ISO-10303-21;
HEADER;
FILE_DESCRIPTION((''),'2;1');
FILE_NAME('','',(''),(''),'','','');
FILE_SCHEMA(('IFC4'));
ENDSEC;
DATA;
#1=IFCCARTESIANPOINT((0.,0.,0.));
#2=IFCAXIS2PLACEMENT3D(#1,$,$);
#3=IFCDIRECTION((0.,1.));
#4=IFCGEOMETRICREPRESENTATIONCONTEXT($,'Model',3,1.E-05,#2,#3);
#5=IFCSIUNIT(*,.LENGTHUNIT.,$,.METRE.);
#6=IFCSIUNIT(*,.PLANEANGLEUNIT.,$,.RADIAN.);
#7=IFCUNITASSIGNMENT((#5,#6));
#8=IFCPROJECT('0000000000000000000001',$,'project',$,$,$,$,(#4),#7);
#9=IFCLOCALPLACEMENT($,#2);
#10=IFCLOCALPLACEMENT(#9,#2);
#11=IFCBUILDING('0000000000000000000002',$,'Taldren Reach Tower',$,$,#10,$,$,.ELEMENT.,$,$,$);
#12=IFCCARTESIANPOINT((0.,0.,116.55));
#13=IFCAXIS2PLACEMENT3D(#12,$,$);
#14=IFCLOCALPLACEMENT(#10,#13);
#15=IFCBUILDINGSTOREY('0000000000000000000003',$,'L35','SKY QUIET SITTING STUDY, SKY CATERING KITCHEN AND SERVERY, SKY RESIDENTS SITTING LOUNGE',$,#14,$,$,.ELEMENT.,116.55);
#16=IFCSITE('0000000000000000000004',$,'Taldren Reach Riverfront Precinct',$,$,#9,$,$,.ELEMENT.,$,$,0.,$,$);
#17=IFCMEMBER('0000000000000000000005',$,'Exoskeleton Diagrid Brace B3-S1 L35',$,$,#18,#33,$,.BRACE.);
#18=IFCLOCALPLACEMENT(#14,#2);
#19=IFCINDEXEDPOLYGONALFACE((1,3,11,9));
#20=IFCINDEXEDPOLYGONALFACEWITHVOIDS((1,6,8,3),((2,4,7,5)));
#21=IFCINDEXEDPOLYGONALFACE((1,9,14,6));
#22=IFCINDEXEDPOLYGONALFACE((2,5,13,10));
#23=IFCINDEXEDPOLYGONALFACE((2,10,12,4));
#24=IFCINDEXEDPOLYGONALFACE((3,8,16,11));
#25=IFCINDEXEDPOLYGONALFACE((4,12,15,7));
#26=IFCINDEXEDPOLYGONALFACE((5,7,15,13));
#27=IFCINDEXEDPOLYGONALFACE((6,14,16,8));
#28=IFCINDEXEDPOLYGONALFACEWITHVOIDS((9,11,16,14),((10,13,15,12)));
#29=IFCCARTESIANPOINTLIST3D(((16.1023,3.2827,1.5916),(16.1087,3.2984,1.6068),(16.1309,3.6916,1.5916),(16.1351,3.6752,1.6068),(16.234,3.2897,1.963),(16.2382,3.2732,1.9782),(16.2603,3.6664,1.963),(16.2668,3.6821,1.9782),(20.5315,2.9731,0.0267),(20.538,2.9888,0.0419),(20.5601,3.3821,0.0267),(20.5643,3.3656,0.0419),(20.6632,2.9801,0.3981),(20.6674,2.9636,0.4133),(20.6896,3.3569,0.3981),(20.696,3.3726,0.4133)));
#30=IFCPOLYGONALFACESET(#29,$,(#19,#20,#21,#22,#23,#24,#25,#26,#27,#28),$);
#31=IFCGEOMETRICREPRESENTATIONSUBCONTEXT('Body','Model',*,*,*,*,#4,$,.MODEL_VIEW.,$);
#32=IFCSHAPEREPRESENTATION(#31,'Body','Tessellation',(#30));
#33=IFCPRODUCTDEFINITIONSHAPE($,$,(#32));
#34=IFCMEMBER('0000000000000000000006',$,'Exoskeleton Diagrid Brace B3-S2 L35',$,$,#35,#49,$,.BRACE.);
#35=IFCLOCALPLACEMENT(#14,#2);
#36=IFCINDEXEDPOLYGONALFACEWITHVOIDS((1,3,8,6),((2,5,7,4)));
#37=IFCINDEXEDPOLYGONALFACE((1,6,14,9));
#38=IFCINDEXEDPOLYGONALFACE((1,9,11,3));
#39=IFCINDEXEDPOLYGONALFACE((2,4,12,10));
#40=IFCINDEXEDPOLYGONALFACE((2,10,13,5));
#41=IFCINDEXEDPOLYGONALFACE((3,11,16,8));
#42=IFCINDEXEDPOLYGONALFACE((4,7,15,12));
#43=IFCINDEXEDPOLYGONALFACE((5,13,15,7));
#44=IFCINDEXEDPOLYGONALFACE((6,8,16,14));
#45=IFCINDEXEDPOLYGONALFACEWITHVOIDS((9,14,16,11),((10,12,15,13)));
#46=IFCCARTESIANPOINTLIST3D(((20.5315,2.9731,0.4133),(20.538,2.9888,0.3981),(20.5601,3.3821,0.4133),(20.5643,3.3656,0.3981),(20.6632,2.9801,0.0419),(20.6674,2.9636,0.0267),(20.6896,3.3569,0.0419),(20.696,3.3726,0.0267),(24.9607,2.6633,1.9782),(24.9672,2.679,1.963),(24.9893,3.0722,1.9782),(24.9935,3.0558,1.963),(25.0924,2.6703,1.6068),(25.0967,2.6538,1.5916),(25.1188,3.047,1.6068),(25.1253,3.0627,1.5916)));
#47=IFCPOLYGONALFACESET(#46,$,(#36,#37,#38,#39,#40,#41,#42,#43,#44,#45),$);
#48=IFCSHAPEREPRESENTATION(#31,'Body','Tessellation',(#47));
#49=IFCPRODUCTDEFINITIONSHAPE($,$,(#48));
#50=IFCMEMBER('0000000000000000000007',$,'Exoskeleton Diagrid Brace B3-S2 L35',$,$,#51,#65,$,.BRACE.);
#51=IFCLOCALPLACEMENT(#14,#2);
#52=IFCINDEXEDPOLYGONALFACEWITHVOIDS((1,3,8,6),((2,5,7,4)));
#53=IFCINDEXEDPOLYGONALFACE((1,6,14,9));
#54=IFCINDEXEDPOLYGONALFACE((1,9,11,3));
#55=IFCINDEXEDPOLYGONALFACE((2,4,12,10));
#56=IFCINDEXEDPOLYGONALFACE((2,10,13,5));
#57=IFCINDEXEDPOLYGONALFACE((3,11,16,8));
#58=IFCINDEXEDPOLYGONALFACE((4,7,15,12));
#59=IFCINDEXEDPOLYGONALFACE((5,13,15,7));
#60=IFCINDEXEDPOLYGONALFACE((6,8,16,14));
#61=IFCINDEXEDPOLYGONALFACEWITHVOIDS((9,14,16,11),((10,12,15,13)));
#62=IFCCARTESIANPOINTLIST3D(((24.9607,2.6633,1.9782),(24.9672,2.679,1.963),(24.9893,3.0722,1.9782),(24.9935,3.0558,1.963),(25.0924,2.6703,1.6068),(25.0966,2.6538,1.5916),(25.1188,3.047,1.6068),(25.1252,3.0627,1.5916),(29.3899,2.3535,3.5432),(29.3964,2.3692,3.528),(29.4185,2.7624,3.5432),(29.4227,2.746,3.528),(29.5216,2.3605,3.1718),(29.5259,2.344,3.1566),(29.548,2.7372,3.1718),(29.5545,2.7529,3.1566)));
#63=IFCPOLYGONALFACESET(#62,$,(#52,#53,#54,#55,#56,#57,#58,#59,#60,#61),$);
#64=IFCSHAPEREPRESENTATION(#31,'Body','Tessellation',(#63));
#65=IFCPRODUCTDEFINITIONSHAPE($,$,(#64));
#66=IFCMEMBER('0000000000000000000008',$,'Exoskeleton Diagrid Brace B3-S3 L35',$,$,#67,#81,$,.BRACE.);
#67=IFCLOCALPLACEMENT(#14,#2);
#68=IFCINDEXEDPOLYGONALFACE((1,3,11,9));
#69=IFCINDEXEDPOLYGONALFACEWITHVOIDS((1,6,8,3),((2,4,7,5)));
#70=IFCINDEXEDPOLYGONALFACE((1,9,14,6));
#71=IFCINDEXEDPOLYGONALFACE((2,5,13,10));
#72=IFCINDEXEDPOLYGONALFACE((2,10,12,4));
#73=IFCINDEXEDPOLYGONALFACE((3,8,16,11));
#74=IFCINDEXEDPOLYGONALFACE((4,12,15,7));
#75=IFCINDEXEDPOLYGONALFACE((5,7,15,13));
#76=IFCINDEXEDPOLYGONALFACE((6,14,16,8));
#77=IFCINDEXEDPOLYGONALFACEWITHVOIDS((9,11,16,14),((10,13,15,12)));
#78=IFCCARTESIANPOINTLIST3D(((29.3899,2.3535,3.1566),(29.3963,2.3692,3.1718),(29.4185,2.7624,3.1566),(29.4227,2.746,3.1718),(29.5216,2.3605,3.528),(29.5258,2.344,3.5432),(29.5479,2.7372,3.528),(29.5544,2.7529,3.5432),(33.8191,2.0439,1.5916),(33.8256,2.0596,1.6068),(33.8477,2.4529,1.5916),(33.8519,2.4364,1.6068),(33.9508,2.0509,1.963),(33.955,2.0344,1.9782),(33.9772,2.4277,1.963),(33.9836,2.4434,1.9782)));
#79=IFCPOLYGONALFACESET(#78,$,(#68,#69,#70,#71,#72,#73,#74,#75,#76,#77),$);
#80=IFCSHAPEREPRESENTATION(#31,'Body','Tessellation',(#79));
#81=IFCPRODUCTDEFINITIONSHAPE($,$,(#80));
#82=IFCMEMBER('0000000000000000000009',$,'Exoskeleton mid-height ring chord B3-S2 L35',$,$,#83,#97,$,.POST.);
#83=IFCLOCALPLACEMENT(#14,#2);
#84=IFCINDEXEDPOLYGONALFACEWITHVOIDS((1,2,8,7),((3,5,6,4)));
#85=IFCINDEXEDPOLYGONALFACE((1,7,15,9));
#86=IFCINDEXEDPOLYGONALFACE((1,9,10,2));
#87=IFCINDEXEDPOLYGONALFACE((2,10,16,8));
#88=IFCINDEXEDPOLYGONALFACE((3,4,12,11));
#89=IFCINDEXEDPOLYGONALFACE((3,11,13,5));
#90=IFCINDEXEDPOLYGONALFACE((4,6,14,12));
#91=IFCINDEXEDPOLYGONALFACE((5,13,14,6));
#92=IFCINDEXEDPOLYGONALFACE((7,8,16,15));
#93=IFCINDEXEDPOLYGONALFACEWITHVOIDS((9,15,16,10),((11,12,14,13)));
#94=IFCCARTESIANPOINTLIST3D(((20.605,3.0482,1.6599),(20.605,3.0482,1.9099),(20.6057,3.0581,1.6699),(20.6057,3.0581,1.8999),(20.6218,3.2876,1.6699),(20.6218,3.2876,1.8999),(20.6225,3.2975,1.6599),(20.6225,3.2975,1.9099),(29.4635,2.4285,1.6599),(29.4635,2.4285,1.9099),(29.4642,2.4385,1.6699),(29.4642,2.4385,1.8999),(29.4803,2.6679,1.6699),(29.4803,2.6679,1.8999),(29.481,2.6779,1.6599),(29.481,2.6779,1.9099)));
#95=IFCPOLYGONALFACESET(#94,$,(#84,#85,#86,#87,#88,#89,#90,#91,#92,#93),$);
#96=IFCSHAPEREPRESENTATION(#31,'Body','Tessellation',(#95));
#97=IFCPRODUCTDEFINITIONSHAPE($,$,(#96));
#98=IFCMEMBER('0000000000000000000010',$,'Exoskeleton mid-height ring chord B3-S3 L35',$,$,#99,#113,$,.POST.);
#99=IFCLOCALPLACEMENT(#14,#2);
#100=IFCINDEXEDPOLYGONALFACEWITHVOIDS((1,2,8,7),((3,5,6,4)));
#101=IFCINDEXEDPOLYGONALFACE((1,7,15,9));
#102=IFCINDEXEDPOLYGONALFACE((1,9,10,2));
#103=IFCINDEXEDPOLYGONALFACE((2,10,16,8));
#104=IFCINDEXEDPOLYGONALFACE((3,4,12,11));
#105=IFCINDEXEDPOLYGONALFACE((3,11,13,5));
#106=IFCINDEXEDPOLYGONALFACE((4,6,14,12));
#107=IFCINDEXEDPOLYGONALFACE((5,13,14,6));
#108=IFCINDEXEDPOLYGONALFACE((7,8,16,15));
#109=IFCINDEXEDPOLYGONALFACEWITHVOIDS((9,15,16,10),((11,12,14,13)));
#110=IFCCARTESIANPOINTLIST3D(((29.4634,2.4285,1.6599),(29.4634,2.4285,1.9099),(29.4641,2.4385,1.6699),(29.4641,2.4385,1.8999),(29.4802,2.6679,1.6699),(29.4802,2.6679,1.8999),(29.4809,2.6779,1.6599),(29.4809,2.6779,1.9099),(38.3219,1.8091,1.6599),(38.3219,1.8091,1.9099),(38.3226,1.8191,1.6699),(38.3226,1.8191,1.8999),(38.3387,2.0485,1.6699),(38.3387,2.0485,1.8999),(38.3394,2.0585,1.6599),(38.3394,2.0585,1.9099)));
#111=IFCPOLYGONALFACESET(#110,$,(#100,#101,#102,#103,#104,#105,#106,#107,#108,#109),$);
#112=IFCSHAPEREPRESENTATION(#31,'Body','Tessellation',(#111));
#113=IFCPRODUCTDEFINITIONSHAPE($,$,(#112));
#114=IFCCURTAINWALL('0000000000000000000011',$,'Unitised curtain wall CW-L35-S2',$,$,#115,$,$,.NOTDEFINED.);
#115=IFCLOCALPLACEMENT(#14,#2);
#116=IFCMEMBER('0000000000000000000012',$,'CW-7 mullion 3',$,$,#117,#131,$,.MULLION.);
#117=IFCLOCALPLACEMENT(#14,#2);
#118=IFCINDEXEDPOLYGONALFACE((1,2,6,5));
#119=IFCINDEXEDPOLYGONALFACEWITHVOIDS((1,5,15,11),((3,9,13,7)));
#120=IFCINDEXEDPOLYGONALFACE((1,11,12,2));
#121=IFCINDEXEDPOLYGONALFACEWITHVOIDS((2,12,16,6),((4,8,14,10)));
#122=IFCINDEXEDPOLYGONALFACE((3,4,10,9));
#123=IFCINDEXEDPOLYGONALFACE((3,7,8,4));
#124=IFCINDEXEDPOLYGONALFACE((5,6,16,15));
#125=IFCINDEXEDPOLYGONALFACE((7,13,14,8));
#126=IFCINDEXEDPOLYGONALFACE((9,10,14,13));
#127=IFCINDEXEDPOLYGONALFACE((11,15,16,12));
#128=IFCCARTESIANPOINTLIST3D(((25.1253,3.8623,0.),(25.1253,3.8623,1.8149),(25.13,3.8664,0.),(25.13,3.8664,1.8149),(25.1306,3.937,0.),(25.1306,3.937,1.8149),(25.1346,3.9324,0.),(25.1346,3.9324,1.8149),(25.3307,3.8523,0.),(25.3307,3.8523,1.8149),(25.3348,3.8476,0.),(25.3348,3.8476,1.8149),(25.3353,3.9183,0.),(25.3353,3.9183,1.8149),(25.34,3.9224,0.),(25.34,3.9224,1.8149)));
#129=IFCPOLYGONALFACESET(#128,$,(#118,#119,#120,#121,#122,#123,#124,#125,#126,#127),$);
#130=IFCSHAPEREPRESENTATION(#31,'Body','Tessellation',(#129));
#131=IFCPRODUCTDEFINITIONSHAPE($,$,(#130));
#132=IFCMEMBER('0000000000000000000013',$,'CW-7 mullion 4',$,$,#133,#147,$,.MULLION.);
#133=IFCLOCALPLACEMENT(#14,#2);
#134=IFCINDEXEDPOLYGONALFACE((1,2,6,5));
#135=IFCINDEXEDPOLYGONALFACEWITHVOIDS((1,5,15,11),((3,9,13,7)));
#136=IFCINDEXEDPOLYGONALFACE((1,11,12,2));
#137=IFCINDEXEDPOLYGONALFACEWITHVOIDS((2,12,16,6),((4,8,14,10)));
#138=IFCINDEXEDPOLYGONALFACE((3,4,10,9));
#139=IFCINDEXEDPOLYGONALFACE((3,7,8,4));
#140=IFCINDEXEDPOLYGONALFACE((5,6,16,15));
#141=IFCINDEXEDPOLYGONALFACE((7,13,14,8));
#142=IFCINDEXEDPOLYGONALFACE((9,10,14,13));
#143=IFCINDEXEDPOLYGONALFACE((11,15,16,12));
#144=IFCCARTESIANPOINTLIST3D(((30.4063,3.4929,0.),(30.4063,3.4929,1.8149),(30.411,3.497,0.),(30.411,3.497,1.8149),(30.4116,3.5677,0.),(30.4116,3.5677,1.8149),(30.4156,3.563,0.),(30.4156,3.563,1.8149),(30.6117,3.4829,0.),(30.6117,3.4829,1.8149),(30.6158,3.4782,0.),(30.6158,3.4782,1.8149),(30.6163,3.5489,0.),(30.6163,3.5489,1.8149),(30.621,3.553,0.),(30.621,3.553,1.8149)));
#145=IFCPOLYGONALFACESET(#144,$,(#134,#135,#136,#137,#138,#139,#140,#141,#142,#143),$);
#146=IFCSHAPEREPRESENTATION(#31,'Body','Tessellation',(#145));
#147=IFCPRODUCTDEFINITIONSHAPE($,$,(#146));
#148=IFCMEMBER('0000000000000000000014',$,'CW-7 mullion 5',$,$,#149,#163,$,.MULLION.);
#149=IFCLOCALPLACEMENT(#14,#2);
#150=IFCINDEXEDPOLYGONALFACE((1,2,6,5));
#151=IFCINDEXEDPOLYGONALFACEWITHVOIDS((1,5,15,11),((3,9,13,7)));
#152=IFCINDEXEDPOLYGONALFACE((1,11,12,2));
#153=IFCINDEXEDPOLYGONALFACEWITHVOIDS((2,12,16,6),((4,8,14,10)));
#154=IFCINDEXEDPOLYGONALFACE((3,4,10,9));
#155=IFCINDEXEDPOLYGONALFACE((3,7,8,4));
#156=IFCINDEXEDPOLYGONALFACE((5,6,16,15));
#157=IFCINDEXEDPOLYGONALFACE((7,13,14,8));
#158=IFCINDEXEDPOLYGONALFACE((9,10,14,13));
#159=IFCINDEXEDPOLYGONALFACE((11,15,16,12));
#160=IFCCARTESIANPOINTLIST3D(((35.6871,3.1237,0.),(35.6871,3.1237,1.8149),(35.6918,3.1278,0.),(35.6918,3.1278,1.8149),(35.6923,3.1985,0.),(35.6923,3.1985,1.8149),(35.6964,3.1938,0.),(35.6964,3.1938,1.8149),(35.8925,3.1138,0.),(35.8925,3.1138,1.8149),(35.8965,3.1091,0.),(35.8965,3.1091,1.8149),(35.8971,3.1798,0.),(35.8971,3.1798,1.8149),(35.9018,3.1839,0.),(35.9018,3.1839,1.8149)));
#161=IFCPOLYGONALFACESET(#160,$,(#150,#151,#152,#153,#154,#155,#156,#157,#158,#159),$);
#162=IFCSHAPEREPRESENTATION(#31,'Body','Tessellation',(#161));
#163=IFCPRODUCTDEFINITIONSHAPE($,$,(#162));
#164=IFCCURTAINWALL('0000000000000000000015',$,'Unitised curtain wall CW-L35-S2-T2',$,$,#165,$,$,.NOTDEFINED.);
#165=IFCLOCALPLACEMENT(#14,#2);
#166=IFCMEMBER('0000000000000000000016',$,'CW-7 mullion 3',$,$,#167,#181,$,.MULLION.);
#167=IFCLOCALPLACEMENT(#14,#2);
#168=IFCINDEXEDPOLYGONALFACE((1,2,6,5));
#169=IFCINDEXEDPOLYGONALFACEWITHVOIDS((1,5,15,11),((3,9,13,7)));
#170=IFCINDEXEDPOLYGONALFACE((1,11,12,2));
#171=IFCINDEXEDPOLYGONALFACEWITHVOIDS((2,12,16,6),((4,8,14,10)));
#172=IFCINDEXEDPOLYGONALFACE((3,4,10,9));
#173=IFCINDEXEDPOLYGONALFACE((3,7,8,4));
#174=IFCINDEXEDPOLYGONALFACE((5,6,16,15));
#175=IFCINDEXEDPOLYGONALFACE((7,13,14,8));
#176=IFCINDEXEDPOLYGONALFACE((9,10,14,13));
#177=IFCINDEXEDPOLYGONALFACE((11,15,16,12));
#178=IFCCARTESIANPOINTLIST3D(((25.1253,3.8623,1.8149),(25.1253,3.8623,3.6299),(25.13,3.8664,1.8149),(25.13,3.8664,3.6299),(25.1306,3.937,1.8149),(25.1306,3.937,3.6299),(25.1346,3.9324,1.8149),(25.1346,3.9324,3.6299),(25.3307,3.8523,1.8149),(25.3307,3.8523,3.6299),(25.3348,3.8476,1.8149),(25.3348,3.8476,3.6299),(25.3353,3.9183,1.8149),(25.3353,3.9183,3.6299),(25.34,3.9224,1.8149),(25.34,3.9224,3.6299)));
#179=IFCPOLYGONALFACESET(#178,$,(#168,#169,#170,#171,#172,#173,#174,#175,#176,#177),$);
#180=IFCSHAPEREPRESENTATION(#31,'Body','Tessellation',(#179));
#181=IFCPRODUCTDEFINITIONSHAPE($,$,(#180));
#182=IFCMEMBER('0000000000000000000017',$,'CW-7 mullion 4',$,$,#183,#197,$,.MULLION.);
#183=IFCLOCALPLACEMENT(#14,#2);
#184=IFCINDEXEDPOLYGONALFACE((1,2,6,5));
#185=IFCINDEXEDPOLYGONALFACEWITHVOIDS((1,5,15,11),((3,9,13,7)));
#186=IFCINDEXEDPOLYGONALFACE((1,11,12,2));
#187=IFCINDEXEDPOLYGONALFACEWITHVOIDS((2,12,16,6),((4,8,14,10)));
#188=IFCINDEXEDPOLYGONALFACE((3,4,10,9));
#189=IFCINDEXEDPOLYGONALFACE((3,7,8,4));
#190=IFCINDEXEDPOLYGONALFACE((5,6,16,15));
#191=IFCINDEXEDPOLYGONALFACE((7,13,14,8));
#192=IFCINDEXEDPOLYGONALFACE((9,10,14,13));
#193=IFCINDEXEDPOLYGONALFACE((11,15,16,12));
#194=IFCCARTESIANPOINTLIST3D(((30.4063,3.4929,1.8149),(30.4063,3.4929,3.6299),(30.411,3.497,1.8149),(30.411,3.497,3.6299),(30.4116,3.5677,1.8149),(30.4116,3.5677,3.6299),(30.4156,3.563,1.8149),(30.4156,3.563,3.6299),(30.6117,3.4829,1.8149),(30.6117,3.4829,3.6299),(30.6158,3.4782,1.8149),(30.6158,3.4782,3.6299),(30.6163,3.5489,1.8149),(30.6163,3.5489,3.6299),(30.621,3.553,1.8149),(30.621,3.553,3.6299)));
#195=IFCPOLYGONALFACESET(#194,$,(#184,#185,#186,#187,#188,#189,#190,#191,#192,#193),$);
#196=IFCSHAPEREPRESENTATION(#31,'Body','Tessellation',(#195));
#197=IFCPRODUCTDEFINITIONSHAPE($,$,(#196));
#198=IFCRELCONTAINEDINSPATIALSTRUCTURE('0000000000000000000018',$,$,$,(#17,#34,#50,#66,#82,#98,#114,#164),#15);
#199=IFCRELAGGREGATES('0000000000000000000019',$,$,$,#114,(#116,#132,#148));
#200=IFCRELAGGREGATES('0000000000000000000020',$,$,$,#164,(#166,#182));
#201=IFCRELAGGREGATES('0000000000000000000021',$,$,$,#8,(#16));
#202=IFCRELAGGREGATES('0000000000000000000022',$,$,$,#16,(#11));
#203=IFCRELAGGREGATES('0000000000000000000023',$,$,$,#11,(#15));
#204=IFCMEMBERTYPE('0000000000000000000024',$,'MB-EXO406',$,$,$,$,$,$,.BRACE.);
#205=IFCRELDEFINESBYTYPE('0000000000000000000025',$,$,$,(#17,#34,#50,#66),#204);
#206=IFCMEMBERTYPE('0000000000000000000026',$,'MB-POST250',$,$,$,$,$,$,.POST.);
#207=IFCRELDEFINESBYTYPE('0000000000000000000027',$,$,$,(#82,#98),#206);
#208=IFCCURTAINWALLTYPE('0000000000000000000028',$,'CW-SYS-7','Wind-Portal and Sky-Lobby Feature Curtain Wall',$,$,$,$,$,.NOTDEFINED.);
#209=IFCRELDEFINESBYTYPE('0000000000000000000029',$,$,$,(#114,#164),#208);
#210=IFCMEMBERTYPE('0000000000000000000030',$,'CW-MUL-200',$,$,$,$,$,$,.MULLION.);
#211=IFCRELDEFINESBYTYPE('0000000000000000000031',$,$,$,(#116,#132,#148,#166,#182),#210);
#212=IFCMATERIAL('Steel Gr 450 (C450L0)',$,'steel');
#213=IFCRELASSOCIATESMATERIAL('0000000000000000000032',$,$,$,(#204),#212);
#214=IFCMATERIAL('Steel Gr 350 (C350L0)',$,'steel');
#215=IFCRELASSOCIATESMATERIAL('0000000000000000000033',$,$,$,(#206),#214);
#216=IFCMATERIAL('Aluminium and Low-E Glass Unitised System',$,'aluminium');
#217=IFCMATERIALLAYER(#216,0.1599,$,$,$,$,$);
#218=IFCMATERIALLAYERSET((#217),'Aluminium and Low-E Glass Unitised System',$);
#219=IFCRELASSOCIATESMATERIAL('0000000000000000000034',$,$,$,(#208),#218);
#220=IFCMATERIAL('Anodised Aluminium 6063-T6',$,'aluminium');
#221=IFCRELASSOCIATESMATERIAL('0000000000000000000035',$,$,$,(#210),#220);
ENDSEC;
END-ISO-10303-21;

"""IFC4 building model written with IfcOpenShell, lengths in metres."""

from ifc_helpers import new_model, si_unit, direction, frame, origin, origin_2d, place, context, subcontext, project, spatial, hollow_rectangle, extrude, source, transform, mapped, material, layer, layer_set, material_profile, profile_set, type_object, element, aggregate, save


model = new_model("IFC4")

# Units and contexts
model_context = context("Model", 3, precision=1e-05, world=origin(), true_north=direction((0.0, 1.0)))
body_context = subcontext(model_context, "Body", "Model", "MODEL_VIEW")
ifc_project = project(units=[si_unit("LENGTHUNIT", "METRE"), si_unit("PLANEANGLEUNIT", "RADIAN")], contexts=[model_context])

# Site, building, storey
site_placement = place(None, origin())
site = spatial("IfcSite", under=ifc_project, at=site_placement, Name="Taldren Reach Riverfront Precinct", CompositionType="ELEMENT", RefElevation=0.0)
building_placement = place(site_placement, origin())
building = spatial("IfcBuilding", under=site, at=building_placement, Name="Taldren Reach Tower", CompositionType="ELEMENT")
storey_placement = place(building_placement, frame((0.0, 0.0, 116.55)))
storey = spatial("IfcBuildingStorey", under=building, at=storey_placement, Name="L35", Description="SKY QUIET SITTING STUDY, SKY CATERING KITCHEN AND SERVERY, SKY RESIDENTS SITTING LOUNGE", CompositionType="ELEMENT", Elevation=116.55)

# Members
ifc_material_1 = material(Name="Steel Gr 450 (C450L0)", Category="steel")
ifc_material_profile_1 = material_profile(ifc_material_1, hollow_rectangle(XDim=0.4099, YDim=0.4099, WallThickness=0.0161, at=origin_2d()), Name="410x410x16.0SHS")
ifc_profile_set_1 = profile_set([ifc_material_profile_1], Name="Steel Gr 450 (C450L0)")
member_type_1 = type_object("IfcMemberType", Name="MB-EXO406", PredefinedType="BRACE", material=ifc_profile_set_1)
shared_shape_1 = source(origin(), body_context, "Body", "SweptSolid", [
    extrude(hollow_rectangle(XDim=0.4099, YDim=0.4099, WallThickness=0.0161, at=origin_2d()), origin(), (0.0, 0.0, 1.0), 4.7078),
])
for number, where, z_axis, x_axis, name in (
    (1, (20.6138, 3.1729, 0.22), (-0.940836, 0.065758, 0.33242), (-0.069723, -0.997566, 0.0), "Exoskeleton Diagrid Brace B3-S1 L35"),
    (2, (20.6138, 3.1729, 0.22), (0.940833, -0.06581, 0.332419), (0.069778, 0.997563, 0.0), "Exoskeleton Diagrid Brace B3-S2 L35"),
    (3, (25.043, 2.863, 1.7849), (0.940833, -0.06581, 0.332419), (0.069778, 0.997563, 0.0), "Exoskeleton Diagrid Brace B3-S2 L35"),
    (4, (33.9014, 2.2437, 1.7849), (-0.940836, 0.065758, 0.33242), (-0.069723, -0.997566, 0.0), "Exoskeleton Diagrid Brace B3-S3 L35"),
):
    element("IfcMember", number, at=place(storey_placement, frame(where, z_axis=z_axis, x_axis=x_axis)), inside=storey, type_object=member_type_1, Name=name, PredefinedType="BRACE", context=body_context, shape_type="MappedRepresentation", body=[
        mapped(shared_shape_1, transform((0.0, 0.0, 0.0), scale=1.0)),
    ])
ifc_material_2 = material(Name="Steel Gr 350 (C350L0)", Category="steel")
ifc_material_profile_2 = material_profile(ifc_material_2, hollow_rectangle(XDim=0.25, YDim=0.25, WallThickness=0.01, at=origin_2d()), Name="250x250x10.0SHS")
ifc_profile_set_2 = profile_set([ifc_material_profile_2], Name="Steel Gr 350 (C350L0)")
member_type_2 = type_object("IfcMemberType", Name="MB-POST250", PredefinedType="POST", material=ifc_profile_set_2)
shared_shape_2 = source(origin(), body_context, "Body", "SweptSolid", [
    extrude(hollow_rectangle(XDim=0.25, YDim=0.25, WallThickness=0.01, at=origin_2d()), origin(), (0.0, 0.0, 1.0), 8.8801),
])
for number, where, z_axis, x_axis, name in (
    (5, (20.6138, 3.1729, 1.7849), (0.997563, -0.069778, 0.0), (0.069778, 0.997563, 0.0), "Exoskeleton mid-height ring chord B3-S2 L35"),
    (6, (29.4722, 2.5532, 1.7849), (0.997564, -0.06975, 0.0), (0.06975, 0.997564, 0.0), "Exoskeleton mid-height ring chord B3-S3 L35"),
):
    element("IfcMember", number, at=place(storey_placement, frame(where, z_axis=z_axis, x_axis=x_axis)), inside=storey, type_object=member_type_2, Name=name, PredefinedType="POST", context=body_context, shape_type="MappedRepresentation", body=[
        mapped(shared_shape_2, transform((0.0, 0.0, 0.0), scale=1.0)),
    ])

# Curtain walls, members
ifc_material_3 = material(Name="Aluminium and Low-E Glass Unitised System", Category="aluminium")
ifc_layer_1 = layer(ifc_material_3, 0.1599)
ifc_layer_set_1 = layer_set([ifc_layer_1], Name="Aluminium and Low-E Glass Unitised System")
curtain_wall_type = type_object("IfcCurtainWallType", Name="CW-SYS-7", Description="Wind-Portal and Sky-Lobby Feature Curtain Wall", PredefinedType="NOTDEFINED", material=ifc_layer_set_1)
curtain_wall_1_placement = place(storey_placement, origin())
curtain_wall_1 = element("IfcCurtainWall", 7, at=curtain_wall_1_placement, inside=storey, type_object=curtain_wall_type, Name="Unitised curtain wall CW-L35-S2", PredefinedType="NOTDEFINED")
ifc_material_4 = material(Name="Anodised Aluminium 6063-T6", Category="aluminium")
ifc_material_profile_3 = material_profile(ifc_material_4, hollow_rectangle(XDim=0.075, YDim=0.21, WallThickness=0.0044, at=origin_2d()), Name="ALU-210x75x4.5RHS")
ifc_profile_set_3 = profile_set([ifc_material_profile_3], Name="Anodised Aluminium 6063-T6")
member_type_3 = type_object("IfcMemberType", Name="CW-MUL-200", PredefinedType="MULLION", material=ifc_profile_set_3)
shared_shape_3 = source(origin(), body_context, "Body", "SweptSolid", [
    extrude(hollow_rectangle(XDim=0.075, YDim=0.21, WallThickness=0.0044, at=origin_2d()), origin(), (0.0, 0.0, 1.0), 1.8149),
])
member_1_placement = place(storey_placement, frame((25.2327, 3.8923, 0.0), z_axis=(0.0, 0.0, 1.0), x_axis=(0.069757, 0.997564, 0.0)))
member_1 = element("IfcMember", 8, at=member_1_placement, type_object=member_type_3, Name="CW-7 mullion 3", PredefinedType="MULLION", context=body_context, shape_type="MappedRepresentation", body=[
    mapped(shared_shape_3, transform((0.0, 0.0, 0.0), scale=1.0)),
])
member_2_placement = place(storey_placement, frame((30.5137, 3.5229, 0.0), z_axis=(0.0, 0.0, 1.0), x_axis=(0.069757, 0.997564, 0.0)))
member_2 = element("IfcMember", 9, at=member_2_placement, type_object=member_type_3, Name="CW-7 mullion 4", PredefinedType="MULLION", context=body_context, shape_type="MappedRepresentation", body=[
    mapped(shared_shape_3, transform((0.0, 0.0, 0.0), scale=1.0)),
])
member_3_placement = place(storey_placement, frame((35.7944, 3.1538, 0.0), z_axis=(0.0, 0.0, 1.0), x_axis=(0.069757, 0.997564, 0.0)))
member_3 = element("IfcMember", 10, at=member_3_placement, type_object=member_type_3, Name="CW-7 mullion 5", PredefinedType="MULLION", context=body_context, shape_type="MappedRepresentation", body=[
    mapped(shared_shape_3, transform((0.0, 0.0, 0.0), scale=1.0)),
])
curtain_wall_2_placement = place(storey_placement, origin())
curtain_wall_2 = element("IfcCurtainWall", 11, at=curtain_wall_2_placement, inside=storey, type_object=curtain_wall_type, Name="Unitised curtain wall CW-L35-S2-T2", PredefinedType="NOTDEFINED")
member_4_placement = place(storey_placement, frame((25.2327, 3.8923, 1.8149), z_axis=(0.0, 0.0, 1.0), x_axis=(0.069757, 0.997564, 0.0)))
member_4 = element("IfcMember", 12, at=member_4_placement, type_object=member_type_3, Name="CW-7 mullion 3", PredefinedType="MULLION", context=body_context, shape_type="MappedRepresentation", body=[
    mapped(shared_shape_3, transform((0.0, 0.0, 0.0), scale=1.0)),
])
member_5_placement = place(storey_placement, frame((30.5137, 3.5229, 1.8149), z_axis=(0.0, 0.0, 1.0), x_axis=(0.069757, 0.997564, 0.0)))
member_5 = element("IfcMember", 13, at=member_5_placement, type_object=member_type_3, Name="CW-7 mullion 4", PredefinedType="MULLION", context=body_context, shape_type="MappedRepresentation", body=[
    mapped(shared_shape_3, transform((0.0, 0.0, 0.0), scale=1.0)),
])

aggregate(curtain_wall_1, [member_1, member_2, member_3])
aggregate(curtain_wall_2, [member_4, member_5])

save(model, "model.ifc")
